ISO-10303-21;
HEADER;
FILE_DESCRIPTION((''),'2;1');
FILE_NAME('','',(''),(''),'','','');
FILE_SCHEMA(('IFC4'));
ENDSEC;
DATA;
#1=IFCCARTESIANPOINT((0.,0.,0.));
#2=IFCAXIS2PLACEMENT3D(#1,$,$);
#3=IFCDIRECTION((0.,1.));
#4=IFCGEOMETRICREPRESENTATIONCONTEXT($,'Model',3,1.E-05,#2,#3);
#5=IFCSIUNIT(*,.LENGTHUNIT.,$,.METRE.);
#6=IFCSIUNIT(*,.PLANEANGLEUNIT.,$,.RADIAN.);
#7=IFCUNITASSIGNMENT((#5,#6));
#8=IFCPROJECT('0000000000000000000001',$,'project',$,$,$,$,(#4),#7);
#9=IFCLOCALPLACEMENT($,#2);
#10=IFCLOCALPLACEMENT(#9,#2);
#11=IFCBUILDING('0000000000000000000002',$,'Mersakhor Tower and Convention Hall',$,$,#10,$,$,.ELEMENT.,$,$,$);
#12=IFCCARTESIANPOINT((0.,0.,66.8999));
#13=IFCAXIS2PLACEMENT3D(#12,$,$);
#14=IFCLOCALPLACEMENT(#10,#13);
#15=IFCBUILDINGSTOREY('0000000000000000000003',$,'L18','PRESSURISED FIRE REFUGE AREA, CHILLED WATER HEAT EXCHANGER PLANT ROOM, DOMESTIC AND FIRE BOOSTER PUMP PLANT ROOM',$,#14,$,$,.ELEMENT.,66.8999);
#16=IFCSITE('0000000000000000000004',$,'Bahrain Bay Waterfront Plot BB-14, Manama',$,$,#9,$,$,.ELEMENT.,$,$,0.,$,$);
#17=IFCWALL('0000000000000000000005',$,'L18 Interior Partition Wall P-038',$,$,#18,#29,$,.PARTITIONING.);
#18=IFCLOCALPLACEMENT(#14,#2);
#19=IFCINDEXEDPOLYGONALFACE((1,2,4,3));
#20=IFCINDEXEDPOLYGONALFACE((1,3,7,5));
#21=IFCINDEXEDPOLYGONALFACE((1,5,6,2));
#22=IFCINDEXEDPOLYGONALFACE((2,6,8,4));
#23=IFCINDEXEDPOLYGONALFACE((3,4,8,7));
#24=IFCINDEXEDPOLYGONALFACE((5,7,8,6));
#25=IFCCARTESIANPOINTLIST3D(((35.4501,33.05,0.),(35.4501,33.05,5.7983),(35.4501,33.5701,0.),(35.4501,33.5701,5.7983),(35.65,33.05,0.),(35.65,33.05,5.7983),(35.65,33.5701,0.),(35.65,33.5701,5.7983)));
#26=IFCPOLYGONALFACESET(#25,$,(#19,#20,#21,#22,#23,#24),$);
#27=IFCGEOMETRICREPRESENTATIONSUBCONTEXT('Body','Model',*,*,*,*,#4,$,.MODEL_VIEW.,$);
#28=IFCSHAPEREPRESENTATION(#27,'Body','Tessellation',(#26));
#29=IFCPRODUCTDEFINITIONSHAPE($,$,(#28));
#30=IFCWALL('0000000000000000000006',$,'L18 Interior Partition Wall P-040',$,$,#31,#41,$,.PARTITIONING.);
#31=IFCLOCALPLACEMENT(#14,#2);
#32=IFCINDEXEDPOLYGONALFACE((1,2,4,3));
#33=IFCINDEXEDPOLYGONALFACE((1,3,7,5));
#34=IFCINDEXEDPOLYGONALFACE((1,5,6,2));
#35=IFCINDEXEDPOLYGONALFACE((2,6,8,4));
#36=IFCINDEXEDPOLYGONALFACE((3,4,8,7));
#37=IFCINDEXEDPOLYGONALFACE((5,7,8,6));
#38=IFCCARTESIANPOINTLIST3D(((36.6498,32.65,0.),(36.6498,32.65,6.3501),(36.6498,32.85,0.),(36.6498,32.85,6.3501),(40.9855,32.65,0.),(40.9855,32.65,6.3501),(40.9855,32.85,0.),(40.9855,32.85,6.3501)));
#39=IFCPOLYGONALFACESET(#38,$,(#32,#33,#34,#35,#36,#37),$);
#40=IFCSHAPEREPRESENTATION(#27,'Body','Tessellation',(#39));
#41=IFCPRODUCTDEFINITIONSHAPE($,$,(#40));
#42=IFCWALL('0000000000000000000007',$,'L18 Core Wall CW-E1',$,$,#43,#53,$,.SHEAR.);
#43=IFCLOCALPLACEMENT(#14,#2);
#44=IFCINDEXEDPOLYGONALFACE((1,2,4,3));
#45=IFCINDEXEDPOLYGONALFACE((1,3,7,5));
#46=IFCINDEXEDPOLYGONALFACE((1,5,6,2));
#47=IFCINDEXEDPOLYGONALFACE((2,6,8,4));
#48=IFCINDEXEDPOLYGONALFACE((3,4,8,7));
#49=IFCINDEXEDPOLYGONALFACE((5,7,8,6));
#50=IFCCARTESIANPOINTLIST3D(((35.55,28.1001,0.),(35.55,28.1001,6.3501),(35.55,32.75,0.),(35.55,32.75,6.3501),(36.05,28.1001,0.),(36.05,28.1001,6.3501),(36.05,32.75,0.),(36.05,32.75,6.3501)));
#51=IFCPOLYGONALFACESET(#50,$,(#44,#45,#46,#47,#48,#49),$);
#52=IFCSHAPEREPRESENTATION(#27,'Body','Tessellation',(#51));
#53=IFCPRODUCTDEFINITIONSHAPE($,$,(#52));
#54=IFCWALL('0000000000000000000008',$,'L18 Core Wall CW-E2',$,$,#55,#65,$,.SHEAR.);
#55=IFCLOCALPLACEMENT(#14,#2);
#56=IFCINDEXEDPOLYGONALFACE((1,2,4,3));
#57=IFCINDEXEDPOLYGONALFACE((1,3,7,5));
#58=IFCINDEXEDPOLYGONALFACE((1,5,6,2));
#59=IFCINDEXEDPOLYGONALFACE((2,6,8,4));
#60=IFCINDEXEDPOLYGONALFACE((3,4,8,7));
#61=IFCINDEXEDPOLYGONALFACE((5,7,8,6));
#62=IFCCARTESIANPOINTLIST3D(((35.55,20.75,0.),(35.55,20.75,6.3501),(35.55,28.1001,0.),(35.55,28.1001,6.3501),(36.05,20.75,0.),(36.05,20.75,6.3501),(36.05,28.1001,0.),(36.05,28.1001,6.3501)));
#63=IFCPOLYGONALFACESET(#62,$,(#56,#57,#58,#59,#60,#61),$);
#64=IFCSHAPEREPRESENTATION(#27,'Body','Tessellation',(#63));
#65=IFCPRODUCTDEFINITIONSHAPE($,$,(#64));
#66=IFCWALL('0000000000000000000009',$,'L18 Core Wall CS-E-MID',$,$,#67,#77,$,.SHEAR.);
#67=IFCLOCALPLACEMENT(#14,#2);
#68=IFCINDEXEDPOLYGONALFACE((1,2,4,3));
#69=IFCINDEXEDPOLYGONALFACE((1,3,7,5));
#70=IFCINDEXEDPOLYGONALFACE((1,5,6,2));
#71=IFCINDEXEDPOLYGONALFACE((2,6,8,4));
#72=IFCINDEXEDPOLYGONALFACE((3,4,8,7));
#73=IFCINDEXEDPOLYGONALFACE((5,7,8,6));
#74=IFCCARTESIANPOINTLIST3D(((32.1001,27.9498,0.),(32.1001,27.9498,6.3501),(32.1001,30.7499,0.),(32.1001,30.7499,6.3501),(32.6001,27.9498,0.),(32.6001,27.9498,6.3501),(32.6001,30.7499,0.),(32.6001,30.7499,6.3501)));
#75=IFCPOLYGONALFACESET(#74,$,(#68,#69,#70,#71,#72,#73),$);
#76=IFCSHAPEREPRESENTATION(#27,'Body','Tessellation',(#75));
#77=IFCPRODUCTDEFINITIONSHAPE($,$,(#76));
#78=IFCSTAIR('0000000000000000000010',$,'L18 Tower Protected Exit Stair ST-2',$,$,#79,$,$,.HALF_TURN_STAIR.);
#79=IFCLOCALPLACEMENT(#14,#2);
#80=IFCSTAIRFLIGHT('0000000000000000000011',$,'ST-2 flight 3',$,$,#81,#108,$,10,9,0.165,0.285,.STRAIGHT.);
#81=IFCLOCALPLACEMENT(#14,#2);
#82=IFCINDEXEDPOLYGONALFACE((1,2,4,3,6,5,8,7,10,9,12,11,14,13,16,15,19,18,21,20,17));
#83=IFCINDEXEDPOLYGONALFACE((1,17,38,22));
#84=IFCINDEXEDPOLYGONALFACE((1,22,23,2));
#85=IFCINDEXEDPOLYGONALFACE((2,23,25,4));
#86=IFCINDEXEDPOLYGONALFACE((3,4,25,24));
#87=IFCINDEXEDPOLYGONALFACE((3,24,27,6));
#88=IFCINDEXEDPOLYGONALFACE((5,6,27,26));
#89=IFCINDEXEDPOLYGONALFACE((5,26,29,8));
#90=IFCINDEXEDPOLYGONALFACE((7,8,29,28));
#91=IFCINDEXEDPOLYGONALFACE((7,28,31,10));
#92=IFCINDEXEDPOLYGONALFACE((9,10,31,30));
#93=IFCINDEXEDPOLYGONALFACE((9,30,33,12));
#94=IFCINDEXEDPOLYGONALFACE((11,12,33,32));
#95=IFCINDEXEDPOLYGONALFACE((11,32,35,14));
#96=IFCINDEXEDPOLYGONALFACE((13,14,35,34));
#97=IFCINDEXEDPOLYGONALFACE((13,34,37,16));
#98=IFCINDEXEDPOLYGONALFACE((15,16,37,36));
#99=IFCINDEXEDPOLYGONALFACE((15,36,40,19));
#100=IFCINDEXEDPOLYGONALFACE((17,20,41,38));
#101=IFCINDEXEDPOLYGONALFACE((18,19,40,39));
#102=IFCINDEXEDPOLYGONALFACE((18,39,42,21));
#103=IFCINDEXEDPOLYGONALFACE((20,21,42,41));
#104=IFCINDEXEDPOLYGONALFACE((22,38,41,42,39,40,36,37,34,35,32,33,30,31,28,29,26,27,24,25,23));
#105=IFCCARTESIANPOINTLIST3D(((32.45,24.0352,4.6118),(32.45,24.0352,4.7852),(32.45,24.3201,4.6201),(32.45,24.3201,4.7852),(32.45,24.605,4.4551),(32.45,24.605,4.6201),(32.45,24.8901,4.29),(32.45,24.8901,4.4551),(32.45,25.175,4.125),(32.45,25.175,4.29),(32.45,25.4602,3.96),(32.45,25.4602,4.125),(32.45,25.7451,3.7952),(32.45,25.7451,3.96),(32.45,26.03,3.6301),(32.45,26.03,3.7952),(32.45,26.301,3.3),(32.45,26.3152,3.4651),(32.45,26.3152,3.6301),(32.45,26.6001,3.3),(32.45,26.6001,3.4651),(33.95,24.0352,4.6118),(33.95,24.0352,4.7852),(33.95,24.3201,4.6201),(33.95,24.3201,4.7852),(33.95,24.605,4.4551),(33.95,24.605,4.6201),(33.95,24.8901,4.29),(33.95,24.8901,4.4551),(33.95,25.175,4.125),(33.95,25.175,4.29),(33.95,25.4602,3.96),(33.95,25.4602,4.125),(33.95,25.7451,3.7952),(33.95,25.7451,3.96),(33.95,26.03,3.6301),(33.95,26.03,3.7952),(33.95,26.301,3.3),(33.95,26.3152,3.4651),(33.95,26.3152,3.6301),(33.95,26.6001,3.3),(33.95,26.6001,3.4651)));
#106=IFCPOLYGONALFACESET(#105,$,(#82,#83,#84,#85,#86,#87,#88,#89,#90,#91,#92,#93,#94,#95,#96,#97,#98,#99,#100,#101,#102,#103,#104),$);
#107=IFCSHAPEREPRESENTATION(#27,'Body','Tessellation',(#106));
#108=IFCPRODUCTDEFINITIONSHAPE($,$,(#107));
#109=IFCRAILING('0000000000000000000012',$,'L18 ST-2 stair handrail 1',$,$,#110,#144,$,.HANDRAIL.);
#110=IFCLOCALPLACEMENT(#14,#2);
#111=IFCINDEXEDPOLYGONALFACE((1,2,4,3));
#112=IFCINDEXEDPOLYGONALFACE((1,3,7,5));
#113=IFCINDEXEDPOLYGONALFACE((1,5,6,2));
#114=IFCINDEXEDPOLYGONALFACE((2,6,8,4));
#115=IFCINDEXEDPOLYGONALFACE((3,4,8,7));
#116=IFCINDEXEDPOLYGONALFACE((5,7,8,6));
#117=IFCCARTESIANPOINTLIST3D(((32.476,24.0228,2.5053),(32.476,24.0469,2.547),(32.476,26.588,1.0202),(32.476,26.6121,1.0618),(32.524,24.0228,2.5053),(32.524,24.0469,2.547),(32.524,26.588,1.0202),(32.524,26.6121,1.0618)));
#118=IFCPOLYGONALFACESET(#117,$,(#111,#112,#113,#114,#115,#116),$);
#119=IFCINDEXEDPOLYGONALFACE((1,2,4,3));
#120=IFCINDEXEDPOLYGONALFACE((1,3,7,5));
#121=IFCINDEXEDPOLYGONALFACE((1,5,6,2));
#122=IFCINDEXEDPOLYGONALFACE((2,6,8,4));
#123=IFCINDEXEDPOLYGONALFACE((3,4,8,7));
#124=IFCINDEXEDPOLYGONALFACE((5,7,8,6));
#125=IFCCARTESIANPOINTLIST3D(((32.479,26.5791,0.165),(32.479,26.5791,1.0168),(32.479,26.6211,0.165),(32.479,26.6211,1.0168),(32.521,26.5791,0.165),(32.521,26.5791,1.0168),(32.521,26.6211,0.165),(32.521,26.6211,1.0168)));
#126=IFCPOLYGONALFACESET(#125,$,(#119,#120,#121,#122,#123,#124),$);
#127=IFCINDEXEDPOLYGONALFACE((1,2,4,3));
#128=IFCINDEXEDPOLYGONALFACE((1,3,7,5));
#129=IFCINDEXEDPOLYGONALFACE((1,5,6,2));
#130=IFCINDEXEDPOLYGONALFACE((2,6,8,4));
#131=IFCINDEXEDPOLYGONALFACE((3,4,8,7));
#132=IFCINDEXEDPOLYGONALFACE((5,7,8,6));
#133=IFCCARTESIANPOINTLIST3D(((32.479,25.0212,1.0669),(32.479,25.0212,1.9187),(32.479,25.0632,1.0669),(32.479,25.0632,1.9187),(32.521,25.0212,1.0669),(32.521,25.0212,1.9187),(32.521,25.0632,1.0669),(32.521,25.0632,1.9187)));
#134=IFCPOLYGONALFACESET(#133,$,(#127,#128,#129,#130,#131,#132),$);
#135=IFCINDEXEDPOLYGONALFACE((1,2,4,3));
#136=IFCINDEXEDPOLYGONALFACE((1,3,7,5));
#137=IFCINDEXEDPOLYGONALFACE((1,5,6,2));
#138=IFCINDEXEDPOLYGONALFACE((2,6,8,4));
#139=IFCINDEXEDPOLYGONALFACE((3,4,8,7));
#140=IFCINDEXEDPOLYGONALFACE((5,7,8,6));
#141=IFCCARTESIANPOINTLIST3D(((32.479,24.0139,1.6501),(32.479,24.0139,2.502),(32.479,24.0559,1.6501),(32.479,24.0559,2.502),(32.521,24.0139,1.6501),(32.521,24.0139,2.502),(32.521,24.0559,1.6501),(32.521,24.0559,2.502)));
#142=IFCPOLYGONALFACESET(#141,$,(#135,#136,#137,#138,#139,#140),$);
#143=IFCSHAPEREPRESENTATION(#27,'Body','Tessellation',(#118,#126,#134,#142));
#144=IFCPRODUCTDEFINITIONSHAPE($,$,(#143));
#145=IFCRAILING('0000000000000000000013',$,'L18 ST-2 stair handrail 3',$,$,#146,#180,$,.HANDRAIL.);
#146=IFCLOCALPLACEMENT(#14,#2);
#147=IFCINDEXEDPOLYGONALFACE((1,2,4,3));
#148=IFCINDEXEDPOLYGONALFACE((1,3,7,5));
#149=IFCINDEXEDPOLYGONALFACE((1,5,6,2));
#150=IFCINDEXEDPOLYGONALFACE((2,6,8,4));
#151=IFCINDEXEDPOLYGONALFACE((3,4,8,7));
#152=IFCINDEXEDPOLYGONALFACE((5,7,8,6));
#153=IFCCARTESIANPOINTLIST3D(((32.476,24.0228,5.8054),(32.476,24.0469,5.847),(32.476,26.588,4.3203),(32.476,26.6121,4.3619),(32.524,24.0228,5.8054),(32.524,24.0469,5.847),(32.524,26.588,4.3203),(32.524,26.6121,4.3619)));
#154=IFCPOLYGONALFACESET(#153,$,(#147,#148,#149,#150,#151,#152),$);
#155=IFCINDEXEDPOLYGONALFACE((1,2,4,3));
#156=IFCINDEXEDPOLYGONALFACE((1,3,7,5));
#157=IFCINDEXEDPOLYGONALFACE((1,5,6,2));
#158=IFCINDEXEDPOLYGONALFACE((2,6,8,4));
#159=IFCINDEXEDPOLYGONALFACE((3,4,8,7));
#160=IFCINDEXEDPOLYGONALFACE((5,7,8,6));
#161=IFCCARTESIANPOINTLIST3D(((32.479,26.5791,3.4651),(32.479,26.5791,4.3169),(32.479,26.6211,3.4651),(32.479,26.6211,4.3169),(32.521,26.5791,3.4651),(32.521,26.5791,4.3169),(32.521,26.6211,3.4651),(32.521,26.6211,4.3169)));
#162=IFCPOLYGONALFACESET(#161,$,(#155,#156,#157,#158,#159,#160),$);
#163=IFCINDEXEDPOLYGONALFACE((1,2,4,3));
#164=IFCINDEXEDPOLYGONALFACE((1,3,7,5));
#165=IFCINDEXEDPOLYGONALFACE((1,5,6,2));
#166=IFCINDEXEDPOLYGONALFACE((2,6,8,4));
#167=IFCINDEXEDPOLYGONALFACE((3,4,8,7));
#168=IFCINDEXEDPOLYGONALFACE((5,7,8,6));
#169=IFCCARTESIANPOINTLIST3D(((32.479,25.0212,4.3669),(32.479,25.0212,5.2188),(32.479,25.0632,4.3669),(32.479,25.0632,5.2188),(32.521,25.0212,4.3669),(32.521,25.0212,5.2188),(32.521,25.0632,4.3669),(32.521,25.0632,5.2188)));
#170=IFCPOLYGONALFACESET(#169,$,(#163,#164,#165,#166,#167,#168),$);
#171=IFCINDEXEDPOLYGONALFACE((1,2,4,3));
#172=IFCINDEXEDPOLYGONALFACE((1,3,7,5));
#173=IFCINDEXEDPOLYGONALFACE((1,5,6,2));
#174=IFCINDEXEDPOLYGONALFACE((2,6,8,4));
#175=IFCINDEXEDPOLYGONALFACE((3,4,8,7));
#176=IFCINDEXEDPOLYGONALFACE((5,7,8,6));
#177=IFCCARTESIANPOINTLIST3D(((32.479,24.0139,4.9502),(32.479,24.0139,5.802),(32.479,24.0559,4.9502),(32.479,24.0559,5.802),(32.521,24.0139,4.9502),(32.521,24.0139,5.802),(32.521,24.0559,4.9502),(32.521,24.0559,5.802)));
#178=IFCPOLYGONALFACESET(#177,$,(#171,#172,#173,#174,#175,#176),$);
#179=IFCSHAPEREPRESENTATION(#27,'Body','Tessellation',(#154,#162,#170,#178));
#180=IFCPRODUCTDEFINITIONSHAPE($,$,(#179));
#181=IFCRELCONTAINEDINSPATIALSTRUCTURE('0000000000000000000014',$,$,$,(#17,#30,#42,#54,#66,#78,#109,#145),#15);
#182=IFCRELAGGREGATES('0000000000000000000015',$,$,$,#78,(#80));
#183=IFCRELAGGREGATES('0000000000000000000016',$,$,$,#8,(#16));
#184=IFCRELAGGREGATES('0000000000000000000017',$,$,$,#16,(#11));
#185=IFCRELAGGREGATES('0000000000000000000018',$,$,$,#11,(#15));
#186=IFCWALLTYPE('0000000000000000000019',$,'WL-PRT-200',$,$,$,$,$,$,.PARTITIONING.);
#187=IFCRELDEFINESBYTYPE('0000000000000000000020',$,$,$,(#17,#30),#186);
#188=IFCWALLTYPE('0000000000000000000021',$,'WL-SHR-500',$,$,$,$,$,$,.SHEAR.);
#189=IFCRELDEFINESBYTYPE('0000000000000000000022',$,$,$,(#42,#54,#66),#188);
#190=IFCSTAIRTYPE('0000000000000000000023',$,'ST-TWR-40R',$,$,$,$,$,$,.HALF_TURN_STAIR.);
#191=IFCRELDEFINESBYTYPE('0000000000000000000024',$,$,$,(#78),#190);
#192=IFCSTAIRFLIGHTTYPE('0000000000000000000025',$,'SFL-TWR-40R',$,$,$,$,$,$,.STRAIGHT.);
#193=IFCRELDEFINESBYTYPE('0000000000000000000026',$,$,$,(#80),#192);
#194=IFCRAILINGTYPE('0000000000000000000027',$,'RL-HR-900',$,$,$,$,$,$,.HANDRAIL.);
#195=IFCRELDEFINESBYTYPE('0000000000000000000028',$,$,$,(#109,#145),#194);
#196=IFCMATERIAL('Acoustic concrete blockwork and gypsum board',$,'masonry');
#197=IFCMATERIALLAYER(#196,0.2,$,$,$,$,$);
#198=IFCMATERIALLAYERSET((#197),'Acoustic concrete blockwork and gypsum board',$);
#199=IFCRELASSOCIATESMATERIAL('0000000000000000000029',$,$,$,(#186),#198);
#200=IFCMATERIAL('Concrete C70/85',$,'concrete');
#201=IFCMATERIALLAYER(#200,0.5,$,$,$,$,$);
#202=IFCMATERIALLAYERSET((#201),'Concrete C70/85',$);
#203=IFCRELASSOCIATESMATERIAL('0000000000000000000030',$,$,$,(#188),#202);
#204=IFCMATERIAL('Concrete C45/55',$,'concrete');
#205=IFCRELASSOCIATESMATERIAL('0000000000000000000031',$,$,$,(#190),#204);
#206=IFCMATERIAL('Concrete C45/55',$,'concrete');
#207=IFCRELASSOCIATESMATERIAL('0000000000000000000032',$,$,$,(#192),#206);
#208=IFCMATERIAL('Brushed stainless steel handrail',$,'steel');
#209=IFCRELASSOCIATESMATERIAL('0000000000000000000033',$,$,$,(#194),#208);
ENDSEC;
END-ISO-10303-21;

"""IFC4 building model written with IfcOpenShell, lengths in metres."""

from ifc_helpers import new_model, si_unit, direction, frame, frame_2d, origin, origin_2d, place, context, subcontext, project, spatial, polyline, rectangle, outline, extrude, material, layer, layer_set, type_object, element, aggregate, save


model = new_model("IFC4")

# Units and contexts
model_context = context("Model", 3, precision=1e-05, world=origin(), true_north=direction((0.0, 1.0)))
body_context = subcontext(model_context, "Body", "Model", "MODEL_VIEW")
ifc_project = project(units=[si_unit("LENGTHUNIT", "METRE"), si_unit("PLANEANGLEUNIT", "RADIAN")], contexts=[model_context])

# Site, building, storey
site_placement = place(None, origin())
site = spatial("IfcSite", under=ifc_project, at=site_placement, Name="Bahrain Bay Waterfront Plot BB-14, Manama", CompositionType="ELEMENT", RefElevation=0.0)
building_placement = place(site_placement, origin())
building = spatial("IfcBuilding", under=site, at=building_placement, Name="Mersakhor Tower and Convention Hall", CompositionType="ELEMENT")
storey_placement = place(building_placement, frame((0.0, 0.0, 66.8999)))
storey = spatial("IfcBuildingStorey", under=building, at=storey_placement, Name="L18", Description="PRESSURISED FIRE REFUGE AREA, CHILLED WATER HEAT EXCHANGER PLANT ROOM, DOMESTIC AND FIRE BOOSTER PUMP PLANT ROOM", CompositionType="ELEMENT", Elevation=66.8999)

# Walls
ifc_material_1 = material(Name="Acoustic concrete blockwork and gypsum board", Category="masonry")
ifc_layer_1 = layer(ifc_material_1, 0.2)
ifc_layer_set_1 = layer_set([ifc_layer_1], Name="Acoustic concrete blockwork and gypsum board")
wall_type_1 = type_object("IfcWallType", Name="WL-PRT-200", PredefinedType="PARTITIONING", material=ifc_layer_set_1)
wall_1_placement = place(storey_placement, frame((35.55, 33.5701, 0.0), z_axis=(0.0, 0.0, 1.0), x_axis=(0.0, -1.0, 0.0)))
element("IfcWall", 1, at=wall_1_placement, inside=storey, type_object=wall_type_1, Name="L18 Interior Partition Wall P-038", PredefinedType="PARTITIONING", context=body_context, shape_type="SweptSolid", body=[
    extrude(rectangle(XDim=0.52, YDim=0.2, at=frame_2d((0.26, 0.0))), origin(), (0.0, 0.0, 1.0), 5.7983),
])
wall_2_placement = place(storey_placement, frame((40.9856, 32.75, 0.0), z_axis=(0.0, 0.0, 1.0), x_axis=(-1.0, 0.0, 0.0)))
element("IfcWall", 2, at=wall_2_placement, inside=storey, type_object=wall_type_1, Name="L18 Interior Partition Wall P-040", PredefinedType="PARTITIONING", context=body_context, shape_type="SweptSolid", body=[
    extrude(rectangle(XDim=4.3357, YDim=0.2, at=frame_2d((2.168, 0.0))), origin(), (0.0, 0.0, 1.0), 6.3501),
])

# Shared definitions
ifc_material_2 = material(Name="Concrete C70/85", Category="concrete")
ifc_layer_2 = layer(ifc_material_2, 0.5)
ifc_layer_set_2 = layer_set([ifc_layer_2], Name="Concrete C70/85")
wall_type_2 = type_object("IfcWallType", Name="WL-SHR-500", PredefinedType="SHEAR", material=ifc_layer_set_2)

# Walls
wall_3_placement = place(storey_placement, frame((35.8, 32.75, 0.0), z_axis=(0.0, 0.0, 1.0), x_axis=(0.0, -1.0, 0.0)))
element("IfcWall", 3, at=wall_3_placement, inside=storey, type_object=wall_type_2, Name="L18 Core Wall CW-E1", PredefinedType="SHEAR", context=body_context, shape_type="SweptSolid", body=[
    extrude(rectangle(XDim=4.6499, YDim=0.5, at=frame_2d((2.325, 0.0))), origin(), (0.0, 0.0, 1.0), 6.3501),
])
wall_4_placement = place(storey_placement, frame((35.8, 28.1001, 0.0), z_axis=(0.0, 0.0, 1.0), x_axis=(0.0, -1.0, 0.0)))
element("IfcWall", 4, at=wall_4_placement, inside=storey, type_object=wall_type_2, Name="L18 Core Wall CW-E2", PredefinedType="SHEAR", context=body_context, shape_type="SweptSolid", body=[
    extrude(rectangle(XDim=7.3501, YDim=0.5, at=frame_2d((3.675, 0.0))), origin(), (0.0, 0.0, 1.0), 6.3501),
])
wall_5_placement = place(storey_placement, frame((32.3501, 27.95, 0.0), z_axis=(0.0, 0.0, 1.0), x_axis=(0.0, 1.0, 0.0)))
element("IfcWall", 5, at=wall_5_placement, inside=storey, type_object=wall_type_2, Name="L18 Core Wall CS-E-MID", PredefinedType="SHEAR", context=body_context, shape_type="SweptSolid", body=[
    extrude(rectangle(XDim=2.8, YDim=0.5, at=frame_2d((1.3999, 0.0))), origin(), (0.0, 0.0, 1.0), 6.3501),
])

# Stair, stair flight
ifc_material_3 = material(Name="Concrete C45/55", Category="concrete")
stair_type = type_object("IfcStairType", Name="ST-TWR-40R", PredefinedType="HALF_TURN_STAIR", material=ifc_material_3)
stair_placement = place(storey_placement, origin())
stair = element("IfcStair", 6, at=stair_placement, inside=storey, type_object=stair_type, Name="L18 Tower Protected Exit Stair ST-2", PredefinedType="HALF_TURN_STAIR")
ifc_material_4 = material(Name="Concrete C45/55", Category="concrete")
stair_flight_type = type_object("IfcStairFlightType", Name="SFL-TWR-40R", PredefinedType="STRAIGHT", material=ifc_material_4)
stair_flight_placement = place(storey_placement, frame((33.2, 26.6001, 3.3), z_axis=(0.0, 0.0, 1.0), x_axis=(0.0, -1.0, 0.0)))
stair_flight = element("IfcStairFlight", 7, at=stair_flight_placement, type_object=stair_flight_type, Name="ST-2 flight 3", NumberOfRisers=10, NumberOfTreads=9, PredefinedType="STRAIGHT", RiserHeight=0.165, TreadLength=0.285, context=body_context, shape_type="SweptSolid", body=[
    extrude(outline(polyline([(0.0, 0.0), (0.0, 0.165), (0.2849, 0.165), (0.2849, 0.3301), (0.5701, 0.3301), (0.5701, 0.4951), (0.855, 0.4951), (0.855, 0.6599), (1.1399, 0.6599), (1.1399, 0.825), (1.425, 0.825), (1.425, 0.99), (1.71, 0.99), (1.71, 1.155), (1.9951, 1.155), (1.9951, 1.3201), (2.28, 1.3201), (2.28, 1.4851), (2.5649, 1.4851), (2.5649, 1.6499), (2.5649, 1.3118), (0.2991, 0.0), (0.0, 0.0)])), frame((0.0, 0.75, 0.0), z_axis=(0.0, -1.0, 0.0), x_axis=(1.0, 0.0, 0.0)), (0.0, 0.0, 1.0), 1.5),
])
aggregate(stair, [stair_flight])

# Railings
ifc_material_5 = material(Name="Brushed stainless steel handrail", Category="steel")
railing_type_1 = type_object("IfcRailingType", Name="RL-HR-900", PredefinedType="HANDRAIL", material=ifc_material_5)
for number, where, name in (
    (8, (32.5, 26.6001, 0.165), "L18 ST-2 stair handrail 1"),
    (9, (32.5, 26.6001, 3.4651), "L18 ST-2 stair handrail 3"),
):
    element("IfcRailing", number, at=place(storey_placement, frame(where)), inside=storey, type_object=railing_type_1, Name=name, PredefinedType="HANDRAIL", context=body_context, shape_type="SweptSolid", body=[
        extrude(rectangle(XDim=0.0481, YDim=0.0481, at=origin_2d()), frame((0.0, 0.0, 0.876), z_axis=(0.0, -0.865426, 0.501036), x_axis=(1.0, 0.0, 0.0)), (0.0, 0.0, 1.0), 2.9641),
        extrude(rectangle(XDim=0.042, YDim=0.042, at=origin_2d()), origin(), (0.0, 0.0, 1.0), 0.8518),
        extrude(rectangle(XDim=0.042, YDim=0.042, at=origin_2d()), frame((0.0, -1.5579, 0.9019)), (0.0, 0.0, 1.0), 0.8518),
        extrude(rectangle(XDim=0.042, YDim=0.042, at=origin_2d()), frame((0.0, -2.5652, 1.4851)), (0.0, 0.0, 1.0), 0.8518),
    ])

save(model, "model.ifc")
